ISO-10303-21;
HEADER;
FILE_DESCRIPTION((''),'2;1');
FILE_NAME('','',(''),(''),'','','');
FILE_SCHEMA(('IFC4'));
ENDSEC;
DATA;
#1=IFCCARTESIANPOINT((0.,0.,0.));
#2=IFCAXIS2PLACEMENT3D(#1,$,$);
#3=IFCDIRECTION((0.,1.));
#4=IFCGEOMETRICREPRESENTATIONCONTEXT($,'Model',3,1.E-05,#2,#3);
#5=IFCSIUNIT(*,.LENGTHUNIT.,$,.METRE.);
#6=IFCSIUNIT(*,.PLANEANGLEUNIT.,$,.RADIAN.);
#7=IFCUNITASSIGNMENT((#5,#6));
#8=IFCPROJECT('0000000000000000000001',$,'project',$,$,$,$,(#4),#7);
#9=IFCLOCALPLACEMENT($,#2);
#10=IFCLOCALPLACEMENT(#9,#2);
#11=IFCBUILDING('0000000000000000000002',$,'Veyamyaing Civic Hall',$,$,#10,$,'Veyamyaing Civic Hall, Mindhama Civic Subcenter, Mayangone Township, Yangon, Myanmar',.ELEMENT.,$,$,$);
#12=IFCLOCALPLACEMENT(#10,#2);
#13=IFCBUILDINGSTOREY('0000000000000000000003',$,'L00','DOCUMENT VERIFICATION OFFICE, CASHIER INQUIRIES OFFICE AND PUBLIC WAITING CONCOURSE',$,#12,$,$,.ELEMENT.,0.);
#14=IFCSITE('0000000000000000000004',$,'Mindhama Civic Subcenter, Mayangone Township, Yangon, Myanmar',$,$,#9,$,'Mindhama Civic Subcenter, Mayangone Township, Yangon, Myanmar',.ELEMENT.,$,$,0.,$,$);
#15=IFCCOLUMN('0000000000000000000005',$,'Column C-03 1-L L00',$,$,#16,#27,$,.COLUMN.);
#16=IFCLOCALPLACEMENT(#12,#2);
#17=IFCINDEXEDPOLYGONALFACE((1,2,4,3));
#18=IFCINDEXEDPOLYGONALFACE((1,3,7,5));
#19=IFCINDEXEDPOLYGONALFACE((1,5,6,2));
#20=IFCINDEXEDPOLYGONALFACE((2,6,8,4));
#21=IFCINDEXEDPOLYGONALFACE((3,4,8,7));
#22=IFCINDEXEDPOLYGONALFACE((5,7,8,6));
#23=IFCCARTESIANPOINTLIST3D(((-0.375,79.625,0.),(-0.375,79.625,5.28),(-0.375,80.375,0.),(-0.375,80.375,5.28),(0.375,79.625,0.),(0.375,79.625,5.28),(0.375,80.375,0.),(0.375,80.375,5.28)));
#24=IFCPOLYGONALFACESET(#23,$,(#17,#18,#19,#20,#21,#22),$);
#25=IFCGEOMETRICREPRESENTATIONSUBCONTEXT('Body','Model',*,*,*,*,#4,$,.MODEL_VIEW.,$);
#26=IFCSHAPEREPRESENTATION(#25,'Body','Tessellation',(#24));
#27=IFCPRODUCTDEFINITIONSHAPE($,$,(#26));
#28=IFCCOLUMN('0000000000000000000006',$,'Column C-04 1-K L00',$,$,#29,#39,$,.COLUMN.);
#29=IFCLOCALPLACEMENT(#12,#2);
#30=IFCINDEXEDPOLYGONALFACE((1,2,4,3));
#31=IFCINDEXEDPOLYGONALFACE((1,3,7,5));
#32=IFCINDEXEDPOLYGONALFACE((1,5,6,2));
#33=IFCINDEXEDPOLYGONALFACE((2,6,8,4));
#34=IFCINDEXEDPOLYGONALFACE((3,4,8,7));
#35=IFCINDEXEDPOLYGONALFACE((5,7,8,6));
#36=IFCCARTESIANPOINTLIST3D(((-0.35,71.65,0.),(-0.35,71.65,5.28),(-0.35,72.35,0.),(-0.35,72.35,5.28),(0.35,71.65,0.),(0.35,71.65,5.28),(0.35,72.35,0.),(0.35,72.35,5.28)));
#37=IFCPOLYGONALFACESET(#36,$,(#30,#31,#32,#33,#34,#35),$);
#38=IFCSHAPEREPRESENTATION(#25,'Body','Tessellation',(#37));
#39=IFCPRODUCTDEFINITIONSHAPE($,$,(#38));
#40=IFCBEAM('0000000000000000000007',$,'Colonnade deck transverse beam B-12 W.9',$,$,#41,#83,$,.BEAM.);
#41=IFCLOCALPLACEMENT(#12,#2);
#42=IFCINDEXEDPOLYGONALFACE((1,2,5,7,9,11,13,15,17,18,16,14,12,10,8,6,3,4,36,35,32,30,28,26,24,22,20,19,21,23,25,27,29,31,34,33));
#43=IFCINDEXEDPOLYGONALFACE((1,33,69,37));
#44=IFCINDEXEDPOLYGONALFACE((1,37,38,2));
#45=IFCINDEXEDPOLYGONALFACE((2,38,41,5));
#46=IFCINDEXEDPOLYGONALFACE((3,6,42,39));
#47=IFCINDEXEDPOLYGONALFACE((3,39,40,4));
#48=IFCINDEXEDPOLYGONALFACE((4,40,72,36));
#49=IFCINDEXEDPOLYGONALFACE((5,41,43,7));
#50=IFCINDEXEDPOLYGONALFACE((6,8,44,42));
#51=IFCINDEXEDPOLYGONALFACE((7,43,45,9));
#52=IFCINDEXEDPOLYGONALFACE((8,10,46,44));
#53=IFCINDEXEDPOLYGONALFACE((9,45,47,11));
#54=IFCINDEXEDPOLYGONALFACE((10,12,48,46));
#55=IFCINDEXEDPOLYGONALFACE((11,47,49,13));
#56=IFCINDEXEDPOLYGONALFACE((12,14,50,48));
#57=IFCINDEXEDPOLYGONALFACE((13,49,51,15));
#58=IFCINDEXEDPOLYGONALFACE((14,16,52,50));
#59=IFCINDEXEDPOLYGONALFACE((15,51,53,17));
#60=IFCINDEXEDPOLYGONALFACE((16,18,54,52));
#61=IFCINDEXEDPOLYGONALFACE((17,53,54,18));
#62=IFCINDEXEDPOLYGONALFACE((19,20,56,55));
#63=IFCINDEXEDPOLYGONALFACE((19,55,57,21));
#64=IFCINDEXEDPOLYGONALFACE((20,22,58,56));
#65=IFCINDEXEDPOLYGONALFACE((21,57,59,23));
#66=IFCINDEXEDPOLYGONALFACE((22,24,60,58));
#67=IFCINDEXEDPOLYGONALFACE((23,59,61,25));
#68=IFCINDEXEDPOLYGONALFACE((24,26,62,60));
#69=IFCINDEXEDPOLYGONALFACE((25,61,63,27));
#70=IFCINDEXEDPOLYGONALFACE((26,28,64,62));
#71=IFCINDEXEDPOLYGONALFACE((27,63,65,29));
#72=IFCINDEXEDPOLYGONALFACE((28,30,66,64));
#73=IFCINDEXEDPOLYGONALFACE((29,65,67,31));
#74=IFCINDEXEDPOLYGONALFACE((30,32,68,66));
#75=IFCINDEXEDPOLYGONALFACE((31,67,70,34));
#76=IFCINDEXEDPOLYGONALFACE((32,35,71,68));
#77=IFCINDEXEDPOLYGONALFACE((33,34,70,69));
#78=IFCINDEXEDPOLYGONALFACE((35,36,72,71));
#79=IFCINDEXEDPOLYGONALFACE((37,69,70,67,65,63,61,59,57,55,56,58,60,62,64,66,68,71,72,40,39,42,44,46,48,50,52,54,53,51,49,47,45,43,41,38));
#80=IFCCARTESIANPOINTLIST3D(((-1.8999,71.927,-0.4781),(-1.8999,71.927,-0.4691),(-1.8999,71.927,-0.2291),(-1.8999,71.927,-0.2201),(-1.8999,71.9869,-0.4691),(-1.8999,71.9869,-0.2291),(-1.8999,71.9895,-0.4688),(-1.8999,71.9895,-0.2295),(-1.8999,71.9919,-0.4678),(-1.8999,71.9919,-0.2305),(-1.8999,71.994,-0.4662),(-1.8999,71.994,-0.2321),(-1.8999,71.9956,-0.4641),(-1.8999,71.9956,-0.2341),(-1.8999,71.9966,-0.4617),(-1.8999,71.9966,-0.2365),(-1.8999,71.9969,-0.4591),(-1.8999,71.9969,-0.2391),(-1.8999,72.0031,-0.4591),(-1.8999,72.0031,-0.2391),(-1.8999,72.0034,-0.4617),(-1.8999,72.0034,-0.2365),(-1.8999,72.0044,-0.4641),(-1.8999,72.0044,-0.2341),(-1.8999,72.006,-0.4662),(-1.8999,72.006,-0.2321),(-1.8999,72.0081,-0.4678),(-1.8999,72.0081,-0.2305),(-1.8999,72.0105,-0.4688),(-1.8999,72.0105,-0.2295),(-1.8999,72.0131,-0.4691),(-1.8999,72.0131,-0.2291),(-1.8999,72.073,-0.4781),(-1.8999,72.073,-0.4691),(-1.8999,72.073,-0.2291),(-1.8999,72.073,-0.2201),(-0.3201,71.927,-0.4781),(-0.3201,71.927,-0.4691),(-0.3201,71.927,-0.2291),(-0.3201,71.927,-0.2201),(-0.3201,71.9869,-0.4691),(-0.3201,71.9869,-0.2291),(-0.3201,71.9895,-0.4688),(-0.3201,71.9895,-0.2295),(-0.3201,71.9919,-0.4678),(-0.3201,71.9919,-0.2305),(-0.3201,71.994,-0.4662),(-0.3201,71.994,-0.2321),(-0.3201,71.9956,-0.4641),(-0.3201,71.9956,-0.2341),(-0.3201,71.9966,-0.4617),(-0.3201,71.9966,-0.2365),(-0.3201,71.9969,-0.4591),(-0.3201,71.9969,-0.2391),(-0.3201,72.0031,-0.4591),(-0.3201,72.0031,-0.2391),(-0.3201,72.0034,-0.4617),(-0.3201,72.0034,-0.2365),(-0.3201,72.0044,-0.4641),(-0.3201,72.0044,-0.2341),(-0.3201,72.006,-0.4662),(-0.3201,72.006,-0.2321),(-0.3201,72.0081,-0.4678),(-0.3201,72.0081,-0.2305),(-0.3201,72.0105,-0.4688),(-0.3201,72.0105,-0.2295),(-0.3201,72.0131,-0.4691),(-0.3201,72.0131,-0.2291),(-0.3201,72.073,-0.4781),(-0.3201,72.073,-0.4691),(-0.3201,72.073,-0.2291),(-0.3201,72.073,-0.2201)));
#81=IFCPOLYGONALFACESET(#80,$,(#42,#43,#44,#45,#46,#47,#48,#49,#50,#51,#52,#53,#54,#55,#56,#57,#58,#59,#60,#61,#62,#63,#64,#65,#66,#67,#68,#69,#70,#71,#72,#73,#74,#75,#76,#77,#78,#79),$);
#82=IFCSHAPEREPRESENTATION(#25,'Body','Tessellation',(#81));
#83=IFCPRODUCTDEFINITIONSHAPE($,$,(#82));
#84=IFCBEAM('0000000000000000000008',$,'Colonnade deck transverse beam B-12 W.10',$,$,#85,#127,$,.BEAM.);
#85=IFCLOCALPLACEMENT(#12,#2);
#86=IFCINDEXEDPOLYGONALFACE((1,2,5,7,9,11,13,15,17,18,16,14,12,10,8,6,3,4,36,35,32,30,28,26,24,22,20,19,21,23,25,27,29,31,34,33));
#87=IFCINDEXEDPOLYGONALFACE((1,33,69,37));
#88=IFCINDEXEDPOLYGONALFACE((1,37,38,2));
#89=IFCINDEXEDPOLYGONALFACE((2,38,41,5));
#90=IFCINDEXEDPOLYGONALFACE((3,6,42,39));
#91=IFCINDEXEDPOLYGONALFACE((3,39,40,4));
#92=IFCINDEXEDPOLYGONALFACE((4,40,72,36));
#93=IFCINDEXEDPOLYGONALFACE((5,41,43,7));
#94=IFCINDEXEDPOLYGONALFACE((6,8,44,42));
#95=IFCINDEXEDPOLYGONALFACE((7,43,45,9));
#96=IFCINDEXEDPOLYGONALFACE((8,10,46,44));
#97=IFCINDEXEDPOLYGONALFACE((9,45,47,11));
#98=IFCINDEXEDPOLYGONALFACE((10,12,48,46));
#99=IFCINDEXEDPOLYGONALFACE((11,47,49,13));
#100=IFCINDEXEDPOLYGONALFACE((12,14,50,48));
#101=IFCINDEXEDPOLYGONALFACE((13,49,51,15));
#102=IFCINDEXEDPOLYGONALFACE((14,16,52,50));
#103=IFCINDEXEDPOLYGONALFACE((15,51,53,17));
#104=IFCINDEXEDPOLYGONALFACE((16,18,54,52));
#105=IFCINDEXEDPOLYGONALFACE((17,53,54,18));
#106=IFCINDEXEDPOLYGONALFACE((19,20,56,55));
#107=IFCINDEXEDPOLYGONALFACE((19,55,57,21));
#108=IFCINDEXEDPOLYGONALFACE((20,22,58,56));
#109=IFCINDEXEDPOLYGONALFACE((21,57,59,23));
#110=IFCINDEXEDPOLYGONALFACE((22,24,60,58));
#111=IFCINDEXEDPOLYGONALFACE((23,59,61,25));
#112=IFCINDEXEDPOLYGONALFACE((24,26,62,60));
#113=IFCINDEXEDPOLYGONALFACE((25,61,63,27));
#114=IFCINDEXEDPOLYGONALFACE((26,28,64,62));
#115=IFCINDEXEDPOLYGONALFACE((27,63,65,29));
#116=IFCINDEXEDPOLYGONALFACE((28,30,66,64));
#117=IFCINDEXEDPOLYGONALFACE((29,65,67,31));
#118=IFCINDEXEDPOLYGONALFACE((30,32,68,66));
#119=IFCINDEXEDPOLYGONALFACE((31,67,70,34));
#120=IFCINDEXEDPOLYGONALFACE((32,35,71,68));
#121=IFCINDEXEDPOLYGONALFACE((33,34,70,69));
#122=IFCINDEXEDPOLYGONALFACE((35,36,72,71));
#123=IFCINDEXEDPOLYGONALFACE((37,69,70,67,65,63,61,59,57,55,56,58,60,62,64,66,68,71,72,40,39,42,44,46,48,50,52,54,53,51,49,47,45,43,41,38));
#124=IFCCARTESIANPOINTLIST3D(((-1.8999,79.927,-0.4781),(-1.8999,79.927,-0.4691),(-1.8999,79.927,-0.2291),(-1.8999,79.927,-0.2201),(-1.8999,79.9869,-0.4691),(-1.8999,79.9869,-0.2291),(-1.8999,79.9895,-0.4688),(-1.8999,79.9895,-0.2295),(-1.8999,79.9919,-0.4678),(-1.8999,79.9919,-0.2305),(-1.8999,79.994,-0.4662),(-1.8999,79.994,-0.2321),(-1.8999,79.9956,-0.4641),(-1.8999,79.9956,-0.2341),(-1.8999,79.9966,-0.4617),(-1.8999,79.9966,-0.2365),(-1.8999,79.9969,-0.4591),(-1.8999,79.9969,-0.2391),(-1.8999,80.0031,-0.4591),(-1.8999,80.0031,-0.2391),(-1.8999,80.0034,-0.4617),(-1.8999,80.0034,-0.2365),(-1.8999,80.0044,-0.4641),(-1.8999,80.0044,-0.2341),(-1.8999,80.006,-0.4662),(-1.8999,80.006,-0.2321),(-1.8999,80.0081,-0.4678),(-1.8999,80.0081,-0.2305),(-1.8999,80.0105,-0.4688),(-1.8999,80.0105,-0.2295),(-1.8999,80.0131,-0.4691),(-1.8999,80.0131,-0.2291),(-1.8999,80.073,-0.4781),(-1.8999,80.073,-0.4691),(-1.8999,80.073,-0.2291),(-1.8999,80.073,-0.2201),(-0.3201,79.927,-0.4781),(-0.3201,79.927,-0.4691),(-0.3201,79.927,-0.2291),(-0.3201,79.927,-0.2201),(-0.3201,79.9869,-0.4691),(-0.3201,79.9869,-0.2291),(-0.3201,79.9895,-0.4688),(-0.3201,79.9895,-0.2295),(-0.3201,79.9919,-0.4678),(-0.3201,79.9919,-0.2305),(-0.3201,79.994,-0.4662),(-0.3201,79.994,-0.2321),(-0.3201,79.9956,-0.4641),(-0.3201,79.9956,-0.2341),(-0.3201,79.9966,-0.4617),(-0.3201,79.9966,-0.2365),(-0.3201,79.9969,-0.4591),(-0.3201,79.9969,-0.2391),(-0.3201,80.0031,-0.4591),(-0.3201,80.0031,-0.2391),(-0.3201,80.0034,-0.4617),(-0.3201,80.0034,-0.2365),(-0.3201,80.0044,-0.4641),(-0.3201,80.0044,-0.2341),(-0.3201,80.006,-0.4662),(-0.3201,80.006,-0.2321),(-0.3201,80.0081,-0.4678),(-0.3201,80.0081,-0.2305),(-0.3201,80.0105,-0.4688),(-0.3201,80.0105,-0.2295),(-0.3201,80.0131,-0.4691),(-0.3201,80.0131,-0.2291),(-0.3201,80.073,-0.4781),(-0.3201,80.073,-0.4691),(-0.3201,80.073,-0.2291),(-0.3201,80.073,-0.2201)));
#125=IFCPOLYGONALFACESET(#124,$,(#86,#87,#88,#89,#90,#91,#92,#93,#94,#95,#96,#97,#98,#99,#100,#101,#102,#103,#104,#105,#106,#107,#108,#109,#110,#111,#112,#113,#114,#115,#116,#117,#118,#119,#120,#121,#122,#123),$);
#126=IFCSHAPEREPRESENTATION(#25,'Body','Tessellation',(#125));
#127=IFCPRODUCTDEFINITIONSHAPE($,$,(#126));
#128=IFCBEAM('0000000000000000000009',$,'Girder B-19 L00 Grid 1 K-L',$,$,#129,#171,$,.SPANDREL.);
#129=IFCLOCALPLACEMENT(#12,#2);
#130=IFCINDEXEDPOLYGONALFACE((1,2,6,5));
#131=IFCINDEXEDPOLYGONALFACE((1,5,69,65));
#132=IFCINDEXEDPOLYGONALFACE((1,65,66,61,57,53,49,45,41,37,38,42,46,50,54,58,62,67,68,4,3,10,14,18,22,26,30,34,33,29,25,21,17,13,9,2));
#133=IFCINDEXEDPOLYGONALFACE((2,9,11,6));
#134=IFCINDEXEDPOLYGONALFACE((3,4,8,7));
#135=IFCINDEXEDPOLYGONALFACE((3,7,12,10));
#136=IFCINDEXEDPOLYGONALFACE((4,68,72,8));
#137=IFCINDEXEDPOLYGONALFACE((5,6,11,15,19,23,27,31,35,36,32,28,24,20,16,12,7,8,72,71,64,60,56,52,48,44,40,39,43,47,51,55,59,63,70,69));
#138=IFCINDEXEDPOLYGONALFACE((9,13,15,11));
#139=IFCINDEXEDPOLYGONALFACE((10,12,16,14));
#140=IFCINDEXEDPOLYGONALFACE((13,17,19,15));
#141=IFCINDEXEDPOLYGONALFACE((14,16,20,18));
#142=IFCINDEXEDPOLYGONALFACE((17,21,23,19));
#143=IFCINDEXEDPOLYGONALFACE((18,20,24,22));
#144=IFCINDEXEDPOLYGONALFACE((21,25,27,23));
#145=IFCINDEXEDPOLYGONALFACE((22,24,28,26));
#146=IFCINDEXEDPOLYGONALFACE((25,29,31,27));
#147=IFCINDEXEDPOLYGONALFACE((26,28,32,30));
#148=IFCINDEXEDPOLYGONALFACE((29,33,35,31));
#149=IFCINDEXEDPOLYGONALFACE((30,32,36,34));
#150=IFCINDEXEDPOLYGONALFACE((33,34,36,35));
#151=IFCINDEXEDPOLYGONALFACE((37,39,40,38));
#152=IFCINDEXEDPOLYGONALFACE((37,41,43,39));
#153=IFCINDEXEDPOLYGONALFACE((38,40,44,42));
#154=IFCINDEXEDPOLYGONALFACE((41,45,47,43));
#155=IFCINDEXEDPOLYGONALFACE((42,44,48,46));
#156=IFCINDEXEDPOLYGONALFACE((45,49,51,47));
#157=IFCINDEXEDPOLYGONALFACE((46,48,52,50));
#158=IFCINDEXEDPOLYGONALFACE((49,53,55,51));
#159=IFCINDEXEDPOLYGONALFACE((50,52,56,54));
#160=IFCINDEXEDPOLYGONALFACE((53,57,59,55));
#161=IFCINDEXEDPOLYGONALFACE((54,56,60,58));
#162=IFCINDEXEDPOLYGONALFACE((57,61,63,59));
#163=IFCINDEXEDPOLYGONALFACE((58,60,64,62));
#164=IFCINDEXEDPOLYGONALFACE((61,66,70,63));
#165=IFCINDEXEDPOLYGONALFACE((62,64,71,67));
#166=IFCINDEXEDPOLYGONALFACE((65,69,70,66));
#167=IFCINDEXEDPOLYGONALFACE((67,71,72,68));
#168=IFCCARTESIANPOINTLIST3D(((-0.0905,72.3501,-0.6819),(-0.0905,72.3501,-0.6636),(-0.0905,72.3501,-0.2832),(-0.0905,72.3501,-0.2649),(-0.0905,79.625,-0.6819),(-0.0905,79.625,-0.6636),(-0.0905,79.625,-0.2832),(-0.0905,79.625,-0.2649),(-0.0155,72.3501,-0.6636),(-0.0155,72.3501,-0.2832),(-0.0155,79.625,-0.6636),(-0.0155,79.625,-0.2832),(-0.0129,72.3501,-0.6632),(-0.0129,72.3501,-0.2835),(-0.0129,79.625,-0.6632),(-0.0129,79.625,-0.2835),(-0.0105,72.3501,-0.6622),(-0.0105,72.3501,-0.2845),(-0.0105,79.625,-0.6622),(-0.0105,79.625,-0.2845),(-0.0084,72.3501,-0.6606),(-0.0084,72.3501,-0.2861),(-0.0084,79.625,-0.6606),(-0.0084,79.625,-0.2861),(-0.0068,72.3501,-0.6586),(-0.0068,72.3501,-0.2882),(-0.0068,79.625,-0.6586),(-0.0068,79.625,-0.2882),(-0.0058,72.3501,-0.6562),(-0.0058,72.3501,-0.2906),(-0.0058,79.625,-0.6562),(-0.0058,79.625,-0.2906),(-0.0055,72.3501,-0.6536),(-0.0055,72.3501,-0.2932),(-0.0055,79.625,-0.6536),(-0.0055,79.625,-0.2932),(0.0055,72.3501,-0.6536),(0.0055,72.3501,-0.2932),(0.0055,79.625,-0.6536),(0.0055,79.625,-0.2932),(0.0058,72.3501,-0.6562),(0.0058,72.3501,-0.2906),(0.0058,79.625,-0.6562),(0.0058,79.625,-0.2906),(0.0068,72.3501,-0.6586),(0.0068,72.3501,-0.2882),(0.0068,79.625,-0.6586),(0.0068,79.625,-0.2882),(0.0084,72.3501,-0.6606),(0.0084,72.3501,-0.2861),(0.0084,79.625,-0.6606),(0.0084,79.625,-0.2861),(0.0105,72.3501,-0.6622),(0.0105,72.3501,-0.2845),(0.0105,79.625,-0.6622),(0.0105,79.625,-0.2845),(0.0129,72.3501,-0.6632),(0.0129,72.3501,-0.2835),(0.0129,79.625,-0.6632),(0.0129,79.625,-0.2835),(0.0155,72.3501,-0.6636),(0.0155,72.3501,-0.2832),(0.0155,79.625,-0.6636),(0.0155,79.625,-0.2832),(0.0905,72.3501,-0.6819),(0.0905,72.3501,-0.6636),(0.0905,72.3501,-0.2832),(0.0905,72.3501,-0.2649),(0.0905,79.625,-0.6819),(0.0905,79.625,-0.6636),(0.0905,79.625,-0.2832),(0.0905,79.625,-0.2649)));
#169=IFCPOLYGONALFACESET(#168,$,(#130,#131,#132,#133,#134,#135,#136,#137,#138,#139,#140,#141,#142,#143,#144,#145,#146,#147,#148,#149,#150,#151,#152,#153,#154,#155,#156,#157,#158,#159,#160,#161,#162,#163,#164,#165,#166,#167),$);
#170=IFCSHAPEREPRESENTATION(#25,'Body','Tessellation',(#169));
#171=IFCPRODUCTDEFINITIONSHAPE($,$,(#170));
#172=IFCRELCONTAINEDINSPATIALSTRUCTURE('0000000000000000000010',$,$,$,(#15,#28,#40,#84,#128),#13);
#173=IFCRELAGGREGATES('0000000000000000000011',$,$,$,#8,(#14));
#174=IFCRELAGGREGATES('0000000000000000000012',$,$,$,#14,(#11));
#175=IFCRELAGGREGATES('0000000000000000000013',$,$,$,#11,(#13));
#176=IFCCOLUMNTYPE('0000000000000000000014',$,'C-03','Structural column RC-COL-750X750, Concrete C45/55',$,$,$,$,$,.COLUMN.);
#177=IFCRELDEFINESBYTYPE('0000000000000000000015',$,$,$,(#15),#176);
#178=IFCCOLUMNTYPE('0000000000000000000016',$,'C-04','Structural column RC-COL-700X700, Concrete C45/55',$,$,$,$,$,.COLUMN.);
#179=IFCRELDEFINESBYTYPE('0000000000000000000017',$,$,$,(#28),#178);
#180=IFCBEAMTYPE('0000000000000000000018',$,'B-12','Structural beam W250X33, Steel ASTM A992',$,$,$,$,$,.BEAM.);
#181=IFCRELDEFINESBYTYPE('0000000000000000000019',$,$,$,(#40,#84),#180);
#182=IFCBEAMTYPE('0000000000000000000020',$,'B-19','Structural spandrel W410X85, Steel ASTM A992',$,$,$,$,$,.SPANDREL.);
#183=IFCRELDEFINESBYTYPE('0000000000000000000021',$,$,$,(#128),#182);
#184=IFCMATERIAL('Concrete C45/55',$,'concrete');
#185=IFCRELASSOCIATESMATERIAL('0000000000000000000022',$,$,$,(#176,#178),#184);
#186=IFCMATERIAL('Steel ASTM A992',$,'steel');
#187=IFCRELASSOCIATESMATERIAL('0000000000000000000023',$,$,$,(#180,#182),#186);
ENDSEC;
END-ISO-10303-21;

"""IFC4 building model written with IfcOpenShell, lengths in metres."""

from ifc_helpers import new_model, si_unit, direction, frame, origin, origin_2d, place, context, subcontext, project, spatial, rectangle, i_section, extrude, material, material_profile, profile_set, type_object, element, save


model = new_model("IFC4")

# Units and contexts
model_context = context("Model", 3, precision=1e-05, world=origin(), true_north=direction((0.0, 1.0)))
body_context = subcontext(model_context, "Body", "Model", "MODEL_VIEW")
ifc_project = project(units=[si_unit("LENGTHUNIT", "METRE"), si_unit("PLANEANGLEUNIT", "RADIAN")], contexts=[model_context])

# Site, building, storey
site_placement = place(None, origin())
site = spatial("IfcSite", under=ifc_project, at=site_placement, Name="Mindhama Civic Subcenter, Mayangone Township, Yangon, Myanmar", LongName="Mindhama Civic Subcenter, Mayangone Township, Yangon, Myanmar", CompositionType="ELEMENT", RefElevation=0.0)
building_placement = place(site_placement, origin())
building = spatial("IfcBuilding", under=site, at=building_placement, Name="Veyamyaing Civic Hall", LongName="Veyamyaing Civic Hall, Mindhama Civic Subcenter, Mayangone Township, Yangon, Myanmar", CompositionType="ELEMENT")
storey_placement = place(building_placement, origin())
storey = spatial("IfcBuildingStorey", under=building, at=storey_placement, Name="L00", Description="DOCUMENT VERIFICATION OFFICE, CASHIER INQUIRIES OFFICE AND PUBLIC WAITING CONCOURSE", CompositionType="ELEMENT", Elevation=0.0)

# Columns
ifc_material_1 = material(Name="Concrete C45/55", Category="concrete")
ifc_material_profile_1 = material_profile(ifc_material_1, rectangle(XDim=0.75, YDim=0.75, at=origin_2d()), Name="RC-COL-750X750")
ifc_profile_set_1 = profile_set([ifc_material_profile_1], Name="Concrete C45/55")
column_type_1 = type_object("IfcColumnType", Name="C-03", Description="Structural column RC-COL-750X750, Concrete C45/55", PredefinedType="COLUMN", material=ifc_profile_set_1)
column_1_placement = place(storey_placement, frame((0.0, 80.0, 0.0), z_axis=(0.0, 0.0, 1.0), x_axis=(1.0, 0.0, 0.0)))
element("IfcColumn", 1, at=column_1_placement, inside=storey, type_object=column_type_1, Name="Column C-03 1-L L00", PredefinedType="COLUMN", context=body_context, shape_type="SweptSolid", body=[
    extrude(rectangle(XDim=0.75, YDim=0.75, at=origin_2d()), origin(), (0.0, 0.0, 1.0), 5.28),
])
ifc_material_profile_2 = material_profile(ifc_material_1, rectangle(XDim=0.7, YDim=0.7, at=origin_2d()), Name="RC-COL-700X700")
ifc_profile_set_2 = profile_set([ifc_material_profile_2], Name="Concrete C45/55")
column_type_2 = type_object("IfcColumnType", Name="C-04", Description="Structural column RC-COL-700X700, Concrete C45/55", PredefinedType="COLUMN", material=ifc_profile_set_2)
column_2_placement = place(storey_placement, frame((0.0, 72.0, 0.0), z_axis=(0.0, 0.0, 1.0), x_axis=(1.0, 0.0, 0.0)))
element("IfcColumn", 2, at=column_2_placement, inside=storey, type_object=column_type_2, Name="Column C-04 1-K L00", PredefinedType="COLUMN", context=body_context, shape_type="SweptSolid", body=[
    extrude(rectangle(XDim=0.7, YDim=0.7, at=origin_2d()), origin(), (0.0, 0.0, 1.0), 5.28),
])

# Beams
ifc_material_2 = material(Name="Steel ASTM A992", Category="steel")
ifc_material_profile_3 = material_profile(ifc_material_2, i_section(OverallWidth=0.146, OverallDepth=0.2581, WebThickness=0.0061, FlangeThickness=0.009, FilletRadius=0.01, at=origin_2d()), Name="W250X33")
ifc_profile_set_3 = profile_set([ifc_material_profile_3], Name="Steel ASTM A992")
beam_type_1 = type_object("IfcBeamType", Name="B-12", Description="Structural beam W250X33, Steel ASTM A992", PredefinedType="BEAM", material=ifc_profile_set_3)
for number, where, z_axis, x_axis, name in (
    (3, (-1.8999, 72.0, -0.3491), (1.0, 0.0, 0.0), (0.0, 1.0, 0.0), "Colonnade deck transverse beam B-12 W.9"),
    (4, (-1.8999, 80.0, -0.3491), (1.0, 0.0, 0.0), (0.0, 1.0, 0.0), "Colonnade deck transverse beam B-12 W.10"),
):
    element("IfcBeam", number, at=place(storey_placement, frame(where, z_axis=z_axis, x_axis=x_axis)), inside=storey, type_object=beam_type_1, Name=name, PredefinedType="BEAM", context=body_context, shape_type="SweptSolid", body=[
        extrude(i_section(OverallWidth=0.146, OverallDepth=0.2581, WebThickness=0.0061, FlangeThickness=0.009, FilletRadius=0.01, at=origin_2d()), origin(), (0.0, 0.0, 1.0), 1.5798),
    ])
ifc_material_profile_4 = material_profile(ifc_material_2, i_section(OverallWidth=0.1809, OverallDepth=0.417, WebThickness=0.011, FlangeThickness=0.0183, FilletRadius=0.01, at=origin_2d()), Name="W410X85")
ifc_profile_set_4 = profile_set([ifc_material_profile_4], Name="Steel ASTM A992")
beam_type_2 = type_object("IfcBeamType", Name="B-19", Description="Structural spandrel W410X85, Steel ASTM A992", PredefinedType="SPANDREL", material=ifc_profile_set_4)
beam_1_placement = place(storey_placement, frame((0.0, 72.3501, -0.4734), z_axis=(0.0, 1.0, 0.0), x_axis=(-1.0, 0.0, 0.0)))
element("IfcBeam", 5, at=beam_1_placement, inside=storey, type_object=beam_type_2, Name="Girder B-19 L00 Grid 1 K-L", PredefinedType="SPANDREL", context=body_context, shape_type="SweptSolid", body=[
    extrude(i_section(OverallWidth=0.1809, OverallDepth=0.417, WebThickness=0.011, FlangeThickness=0.0183, FilletRadius=0.01, at=origin_2d()), origin(), (0.0, 0.0, 1.0), 7.2749),
])

save(model, "model.ifc")
